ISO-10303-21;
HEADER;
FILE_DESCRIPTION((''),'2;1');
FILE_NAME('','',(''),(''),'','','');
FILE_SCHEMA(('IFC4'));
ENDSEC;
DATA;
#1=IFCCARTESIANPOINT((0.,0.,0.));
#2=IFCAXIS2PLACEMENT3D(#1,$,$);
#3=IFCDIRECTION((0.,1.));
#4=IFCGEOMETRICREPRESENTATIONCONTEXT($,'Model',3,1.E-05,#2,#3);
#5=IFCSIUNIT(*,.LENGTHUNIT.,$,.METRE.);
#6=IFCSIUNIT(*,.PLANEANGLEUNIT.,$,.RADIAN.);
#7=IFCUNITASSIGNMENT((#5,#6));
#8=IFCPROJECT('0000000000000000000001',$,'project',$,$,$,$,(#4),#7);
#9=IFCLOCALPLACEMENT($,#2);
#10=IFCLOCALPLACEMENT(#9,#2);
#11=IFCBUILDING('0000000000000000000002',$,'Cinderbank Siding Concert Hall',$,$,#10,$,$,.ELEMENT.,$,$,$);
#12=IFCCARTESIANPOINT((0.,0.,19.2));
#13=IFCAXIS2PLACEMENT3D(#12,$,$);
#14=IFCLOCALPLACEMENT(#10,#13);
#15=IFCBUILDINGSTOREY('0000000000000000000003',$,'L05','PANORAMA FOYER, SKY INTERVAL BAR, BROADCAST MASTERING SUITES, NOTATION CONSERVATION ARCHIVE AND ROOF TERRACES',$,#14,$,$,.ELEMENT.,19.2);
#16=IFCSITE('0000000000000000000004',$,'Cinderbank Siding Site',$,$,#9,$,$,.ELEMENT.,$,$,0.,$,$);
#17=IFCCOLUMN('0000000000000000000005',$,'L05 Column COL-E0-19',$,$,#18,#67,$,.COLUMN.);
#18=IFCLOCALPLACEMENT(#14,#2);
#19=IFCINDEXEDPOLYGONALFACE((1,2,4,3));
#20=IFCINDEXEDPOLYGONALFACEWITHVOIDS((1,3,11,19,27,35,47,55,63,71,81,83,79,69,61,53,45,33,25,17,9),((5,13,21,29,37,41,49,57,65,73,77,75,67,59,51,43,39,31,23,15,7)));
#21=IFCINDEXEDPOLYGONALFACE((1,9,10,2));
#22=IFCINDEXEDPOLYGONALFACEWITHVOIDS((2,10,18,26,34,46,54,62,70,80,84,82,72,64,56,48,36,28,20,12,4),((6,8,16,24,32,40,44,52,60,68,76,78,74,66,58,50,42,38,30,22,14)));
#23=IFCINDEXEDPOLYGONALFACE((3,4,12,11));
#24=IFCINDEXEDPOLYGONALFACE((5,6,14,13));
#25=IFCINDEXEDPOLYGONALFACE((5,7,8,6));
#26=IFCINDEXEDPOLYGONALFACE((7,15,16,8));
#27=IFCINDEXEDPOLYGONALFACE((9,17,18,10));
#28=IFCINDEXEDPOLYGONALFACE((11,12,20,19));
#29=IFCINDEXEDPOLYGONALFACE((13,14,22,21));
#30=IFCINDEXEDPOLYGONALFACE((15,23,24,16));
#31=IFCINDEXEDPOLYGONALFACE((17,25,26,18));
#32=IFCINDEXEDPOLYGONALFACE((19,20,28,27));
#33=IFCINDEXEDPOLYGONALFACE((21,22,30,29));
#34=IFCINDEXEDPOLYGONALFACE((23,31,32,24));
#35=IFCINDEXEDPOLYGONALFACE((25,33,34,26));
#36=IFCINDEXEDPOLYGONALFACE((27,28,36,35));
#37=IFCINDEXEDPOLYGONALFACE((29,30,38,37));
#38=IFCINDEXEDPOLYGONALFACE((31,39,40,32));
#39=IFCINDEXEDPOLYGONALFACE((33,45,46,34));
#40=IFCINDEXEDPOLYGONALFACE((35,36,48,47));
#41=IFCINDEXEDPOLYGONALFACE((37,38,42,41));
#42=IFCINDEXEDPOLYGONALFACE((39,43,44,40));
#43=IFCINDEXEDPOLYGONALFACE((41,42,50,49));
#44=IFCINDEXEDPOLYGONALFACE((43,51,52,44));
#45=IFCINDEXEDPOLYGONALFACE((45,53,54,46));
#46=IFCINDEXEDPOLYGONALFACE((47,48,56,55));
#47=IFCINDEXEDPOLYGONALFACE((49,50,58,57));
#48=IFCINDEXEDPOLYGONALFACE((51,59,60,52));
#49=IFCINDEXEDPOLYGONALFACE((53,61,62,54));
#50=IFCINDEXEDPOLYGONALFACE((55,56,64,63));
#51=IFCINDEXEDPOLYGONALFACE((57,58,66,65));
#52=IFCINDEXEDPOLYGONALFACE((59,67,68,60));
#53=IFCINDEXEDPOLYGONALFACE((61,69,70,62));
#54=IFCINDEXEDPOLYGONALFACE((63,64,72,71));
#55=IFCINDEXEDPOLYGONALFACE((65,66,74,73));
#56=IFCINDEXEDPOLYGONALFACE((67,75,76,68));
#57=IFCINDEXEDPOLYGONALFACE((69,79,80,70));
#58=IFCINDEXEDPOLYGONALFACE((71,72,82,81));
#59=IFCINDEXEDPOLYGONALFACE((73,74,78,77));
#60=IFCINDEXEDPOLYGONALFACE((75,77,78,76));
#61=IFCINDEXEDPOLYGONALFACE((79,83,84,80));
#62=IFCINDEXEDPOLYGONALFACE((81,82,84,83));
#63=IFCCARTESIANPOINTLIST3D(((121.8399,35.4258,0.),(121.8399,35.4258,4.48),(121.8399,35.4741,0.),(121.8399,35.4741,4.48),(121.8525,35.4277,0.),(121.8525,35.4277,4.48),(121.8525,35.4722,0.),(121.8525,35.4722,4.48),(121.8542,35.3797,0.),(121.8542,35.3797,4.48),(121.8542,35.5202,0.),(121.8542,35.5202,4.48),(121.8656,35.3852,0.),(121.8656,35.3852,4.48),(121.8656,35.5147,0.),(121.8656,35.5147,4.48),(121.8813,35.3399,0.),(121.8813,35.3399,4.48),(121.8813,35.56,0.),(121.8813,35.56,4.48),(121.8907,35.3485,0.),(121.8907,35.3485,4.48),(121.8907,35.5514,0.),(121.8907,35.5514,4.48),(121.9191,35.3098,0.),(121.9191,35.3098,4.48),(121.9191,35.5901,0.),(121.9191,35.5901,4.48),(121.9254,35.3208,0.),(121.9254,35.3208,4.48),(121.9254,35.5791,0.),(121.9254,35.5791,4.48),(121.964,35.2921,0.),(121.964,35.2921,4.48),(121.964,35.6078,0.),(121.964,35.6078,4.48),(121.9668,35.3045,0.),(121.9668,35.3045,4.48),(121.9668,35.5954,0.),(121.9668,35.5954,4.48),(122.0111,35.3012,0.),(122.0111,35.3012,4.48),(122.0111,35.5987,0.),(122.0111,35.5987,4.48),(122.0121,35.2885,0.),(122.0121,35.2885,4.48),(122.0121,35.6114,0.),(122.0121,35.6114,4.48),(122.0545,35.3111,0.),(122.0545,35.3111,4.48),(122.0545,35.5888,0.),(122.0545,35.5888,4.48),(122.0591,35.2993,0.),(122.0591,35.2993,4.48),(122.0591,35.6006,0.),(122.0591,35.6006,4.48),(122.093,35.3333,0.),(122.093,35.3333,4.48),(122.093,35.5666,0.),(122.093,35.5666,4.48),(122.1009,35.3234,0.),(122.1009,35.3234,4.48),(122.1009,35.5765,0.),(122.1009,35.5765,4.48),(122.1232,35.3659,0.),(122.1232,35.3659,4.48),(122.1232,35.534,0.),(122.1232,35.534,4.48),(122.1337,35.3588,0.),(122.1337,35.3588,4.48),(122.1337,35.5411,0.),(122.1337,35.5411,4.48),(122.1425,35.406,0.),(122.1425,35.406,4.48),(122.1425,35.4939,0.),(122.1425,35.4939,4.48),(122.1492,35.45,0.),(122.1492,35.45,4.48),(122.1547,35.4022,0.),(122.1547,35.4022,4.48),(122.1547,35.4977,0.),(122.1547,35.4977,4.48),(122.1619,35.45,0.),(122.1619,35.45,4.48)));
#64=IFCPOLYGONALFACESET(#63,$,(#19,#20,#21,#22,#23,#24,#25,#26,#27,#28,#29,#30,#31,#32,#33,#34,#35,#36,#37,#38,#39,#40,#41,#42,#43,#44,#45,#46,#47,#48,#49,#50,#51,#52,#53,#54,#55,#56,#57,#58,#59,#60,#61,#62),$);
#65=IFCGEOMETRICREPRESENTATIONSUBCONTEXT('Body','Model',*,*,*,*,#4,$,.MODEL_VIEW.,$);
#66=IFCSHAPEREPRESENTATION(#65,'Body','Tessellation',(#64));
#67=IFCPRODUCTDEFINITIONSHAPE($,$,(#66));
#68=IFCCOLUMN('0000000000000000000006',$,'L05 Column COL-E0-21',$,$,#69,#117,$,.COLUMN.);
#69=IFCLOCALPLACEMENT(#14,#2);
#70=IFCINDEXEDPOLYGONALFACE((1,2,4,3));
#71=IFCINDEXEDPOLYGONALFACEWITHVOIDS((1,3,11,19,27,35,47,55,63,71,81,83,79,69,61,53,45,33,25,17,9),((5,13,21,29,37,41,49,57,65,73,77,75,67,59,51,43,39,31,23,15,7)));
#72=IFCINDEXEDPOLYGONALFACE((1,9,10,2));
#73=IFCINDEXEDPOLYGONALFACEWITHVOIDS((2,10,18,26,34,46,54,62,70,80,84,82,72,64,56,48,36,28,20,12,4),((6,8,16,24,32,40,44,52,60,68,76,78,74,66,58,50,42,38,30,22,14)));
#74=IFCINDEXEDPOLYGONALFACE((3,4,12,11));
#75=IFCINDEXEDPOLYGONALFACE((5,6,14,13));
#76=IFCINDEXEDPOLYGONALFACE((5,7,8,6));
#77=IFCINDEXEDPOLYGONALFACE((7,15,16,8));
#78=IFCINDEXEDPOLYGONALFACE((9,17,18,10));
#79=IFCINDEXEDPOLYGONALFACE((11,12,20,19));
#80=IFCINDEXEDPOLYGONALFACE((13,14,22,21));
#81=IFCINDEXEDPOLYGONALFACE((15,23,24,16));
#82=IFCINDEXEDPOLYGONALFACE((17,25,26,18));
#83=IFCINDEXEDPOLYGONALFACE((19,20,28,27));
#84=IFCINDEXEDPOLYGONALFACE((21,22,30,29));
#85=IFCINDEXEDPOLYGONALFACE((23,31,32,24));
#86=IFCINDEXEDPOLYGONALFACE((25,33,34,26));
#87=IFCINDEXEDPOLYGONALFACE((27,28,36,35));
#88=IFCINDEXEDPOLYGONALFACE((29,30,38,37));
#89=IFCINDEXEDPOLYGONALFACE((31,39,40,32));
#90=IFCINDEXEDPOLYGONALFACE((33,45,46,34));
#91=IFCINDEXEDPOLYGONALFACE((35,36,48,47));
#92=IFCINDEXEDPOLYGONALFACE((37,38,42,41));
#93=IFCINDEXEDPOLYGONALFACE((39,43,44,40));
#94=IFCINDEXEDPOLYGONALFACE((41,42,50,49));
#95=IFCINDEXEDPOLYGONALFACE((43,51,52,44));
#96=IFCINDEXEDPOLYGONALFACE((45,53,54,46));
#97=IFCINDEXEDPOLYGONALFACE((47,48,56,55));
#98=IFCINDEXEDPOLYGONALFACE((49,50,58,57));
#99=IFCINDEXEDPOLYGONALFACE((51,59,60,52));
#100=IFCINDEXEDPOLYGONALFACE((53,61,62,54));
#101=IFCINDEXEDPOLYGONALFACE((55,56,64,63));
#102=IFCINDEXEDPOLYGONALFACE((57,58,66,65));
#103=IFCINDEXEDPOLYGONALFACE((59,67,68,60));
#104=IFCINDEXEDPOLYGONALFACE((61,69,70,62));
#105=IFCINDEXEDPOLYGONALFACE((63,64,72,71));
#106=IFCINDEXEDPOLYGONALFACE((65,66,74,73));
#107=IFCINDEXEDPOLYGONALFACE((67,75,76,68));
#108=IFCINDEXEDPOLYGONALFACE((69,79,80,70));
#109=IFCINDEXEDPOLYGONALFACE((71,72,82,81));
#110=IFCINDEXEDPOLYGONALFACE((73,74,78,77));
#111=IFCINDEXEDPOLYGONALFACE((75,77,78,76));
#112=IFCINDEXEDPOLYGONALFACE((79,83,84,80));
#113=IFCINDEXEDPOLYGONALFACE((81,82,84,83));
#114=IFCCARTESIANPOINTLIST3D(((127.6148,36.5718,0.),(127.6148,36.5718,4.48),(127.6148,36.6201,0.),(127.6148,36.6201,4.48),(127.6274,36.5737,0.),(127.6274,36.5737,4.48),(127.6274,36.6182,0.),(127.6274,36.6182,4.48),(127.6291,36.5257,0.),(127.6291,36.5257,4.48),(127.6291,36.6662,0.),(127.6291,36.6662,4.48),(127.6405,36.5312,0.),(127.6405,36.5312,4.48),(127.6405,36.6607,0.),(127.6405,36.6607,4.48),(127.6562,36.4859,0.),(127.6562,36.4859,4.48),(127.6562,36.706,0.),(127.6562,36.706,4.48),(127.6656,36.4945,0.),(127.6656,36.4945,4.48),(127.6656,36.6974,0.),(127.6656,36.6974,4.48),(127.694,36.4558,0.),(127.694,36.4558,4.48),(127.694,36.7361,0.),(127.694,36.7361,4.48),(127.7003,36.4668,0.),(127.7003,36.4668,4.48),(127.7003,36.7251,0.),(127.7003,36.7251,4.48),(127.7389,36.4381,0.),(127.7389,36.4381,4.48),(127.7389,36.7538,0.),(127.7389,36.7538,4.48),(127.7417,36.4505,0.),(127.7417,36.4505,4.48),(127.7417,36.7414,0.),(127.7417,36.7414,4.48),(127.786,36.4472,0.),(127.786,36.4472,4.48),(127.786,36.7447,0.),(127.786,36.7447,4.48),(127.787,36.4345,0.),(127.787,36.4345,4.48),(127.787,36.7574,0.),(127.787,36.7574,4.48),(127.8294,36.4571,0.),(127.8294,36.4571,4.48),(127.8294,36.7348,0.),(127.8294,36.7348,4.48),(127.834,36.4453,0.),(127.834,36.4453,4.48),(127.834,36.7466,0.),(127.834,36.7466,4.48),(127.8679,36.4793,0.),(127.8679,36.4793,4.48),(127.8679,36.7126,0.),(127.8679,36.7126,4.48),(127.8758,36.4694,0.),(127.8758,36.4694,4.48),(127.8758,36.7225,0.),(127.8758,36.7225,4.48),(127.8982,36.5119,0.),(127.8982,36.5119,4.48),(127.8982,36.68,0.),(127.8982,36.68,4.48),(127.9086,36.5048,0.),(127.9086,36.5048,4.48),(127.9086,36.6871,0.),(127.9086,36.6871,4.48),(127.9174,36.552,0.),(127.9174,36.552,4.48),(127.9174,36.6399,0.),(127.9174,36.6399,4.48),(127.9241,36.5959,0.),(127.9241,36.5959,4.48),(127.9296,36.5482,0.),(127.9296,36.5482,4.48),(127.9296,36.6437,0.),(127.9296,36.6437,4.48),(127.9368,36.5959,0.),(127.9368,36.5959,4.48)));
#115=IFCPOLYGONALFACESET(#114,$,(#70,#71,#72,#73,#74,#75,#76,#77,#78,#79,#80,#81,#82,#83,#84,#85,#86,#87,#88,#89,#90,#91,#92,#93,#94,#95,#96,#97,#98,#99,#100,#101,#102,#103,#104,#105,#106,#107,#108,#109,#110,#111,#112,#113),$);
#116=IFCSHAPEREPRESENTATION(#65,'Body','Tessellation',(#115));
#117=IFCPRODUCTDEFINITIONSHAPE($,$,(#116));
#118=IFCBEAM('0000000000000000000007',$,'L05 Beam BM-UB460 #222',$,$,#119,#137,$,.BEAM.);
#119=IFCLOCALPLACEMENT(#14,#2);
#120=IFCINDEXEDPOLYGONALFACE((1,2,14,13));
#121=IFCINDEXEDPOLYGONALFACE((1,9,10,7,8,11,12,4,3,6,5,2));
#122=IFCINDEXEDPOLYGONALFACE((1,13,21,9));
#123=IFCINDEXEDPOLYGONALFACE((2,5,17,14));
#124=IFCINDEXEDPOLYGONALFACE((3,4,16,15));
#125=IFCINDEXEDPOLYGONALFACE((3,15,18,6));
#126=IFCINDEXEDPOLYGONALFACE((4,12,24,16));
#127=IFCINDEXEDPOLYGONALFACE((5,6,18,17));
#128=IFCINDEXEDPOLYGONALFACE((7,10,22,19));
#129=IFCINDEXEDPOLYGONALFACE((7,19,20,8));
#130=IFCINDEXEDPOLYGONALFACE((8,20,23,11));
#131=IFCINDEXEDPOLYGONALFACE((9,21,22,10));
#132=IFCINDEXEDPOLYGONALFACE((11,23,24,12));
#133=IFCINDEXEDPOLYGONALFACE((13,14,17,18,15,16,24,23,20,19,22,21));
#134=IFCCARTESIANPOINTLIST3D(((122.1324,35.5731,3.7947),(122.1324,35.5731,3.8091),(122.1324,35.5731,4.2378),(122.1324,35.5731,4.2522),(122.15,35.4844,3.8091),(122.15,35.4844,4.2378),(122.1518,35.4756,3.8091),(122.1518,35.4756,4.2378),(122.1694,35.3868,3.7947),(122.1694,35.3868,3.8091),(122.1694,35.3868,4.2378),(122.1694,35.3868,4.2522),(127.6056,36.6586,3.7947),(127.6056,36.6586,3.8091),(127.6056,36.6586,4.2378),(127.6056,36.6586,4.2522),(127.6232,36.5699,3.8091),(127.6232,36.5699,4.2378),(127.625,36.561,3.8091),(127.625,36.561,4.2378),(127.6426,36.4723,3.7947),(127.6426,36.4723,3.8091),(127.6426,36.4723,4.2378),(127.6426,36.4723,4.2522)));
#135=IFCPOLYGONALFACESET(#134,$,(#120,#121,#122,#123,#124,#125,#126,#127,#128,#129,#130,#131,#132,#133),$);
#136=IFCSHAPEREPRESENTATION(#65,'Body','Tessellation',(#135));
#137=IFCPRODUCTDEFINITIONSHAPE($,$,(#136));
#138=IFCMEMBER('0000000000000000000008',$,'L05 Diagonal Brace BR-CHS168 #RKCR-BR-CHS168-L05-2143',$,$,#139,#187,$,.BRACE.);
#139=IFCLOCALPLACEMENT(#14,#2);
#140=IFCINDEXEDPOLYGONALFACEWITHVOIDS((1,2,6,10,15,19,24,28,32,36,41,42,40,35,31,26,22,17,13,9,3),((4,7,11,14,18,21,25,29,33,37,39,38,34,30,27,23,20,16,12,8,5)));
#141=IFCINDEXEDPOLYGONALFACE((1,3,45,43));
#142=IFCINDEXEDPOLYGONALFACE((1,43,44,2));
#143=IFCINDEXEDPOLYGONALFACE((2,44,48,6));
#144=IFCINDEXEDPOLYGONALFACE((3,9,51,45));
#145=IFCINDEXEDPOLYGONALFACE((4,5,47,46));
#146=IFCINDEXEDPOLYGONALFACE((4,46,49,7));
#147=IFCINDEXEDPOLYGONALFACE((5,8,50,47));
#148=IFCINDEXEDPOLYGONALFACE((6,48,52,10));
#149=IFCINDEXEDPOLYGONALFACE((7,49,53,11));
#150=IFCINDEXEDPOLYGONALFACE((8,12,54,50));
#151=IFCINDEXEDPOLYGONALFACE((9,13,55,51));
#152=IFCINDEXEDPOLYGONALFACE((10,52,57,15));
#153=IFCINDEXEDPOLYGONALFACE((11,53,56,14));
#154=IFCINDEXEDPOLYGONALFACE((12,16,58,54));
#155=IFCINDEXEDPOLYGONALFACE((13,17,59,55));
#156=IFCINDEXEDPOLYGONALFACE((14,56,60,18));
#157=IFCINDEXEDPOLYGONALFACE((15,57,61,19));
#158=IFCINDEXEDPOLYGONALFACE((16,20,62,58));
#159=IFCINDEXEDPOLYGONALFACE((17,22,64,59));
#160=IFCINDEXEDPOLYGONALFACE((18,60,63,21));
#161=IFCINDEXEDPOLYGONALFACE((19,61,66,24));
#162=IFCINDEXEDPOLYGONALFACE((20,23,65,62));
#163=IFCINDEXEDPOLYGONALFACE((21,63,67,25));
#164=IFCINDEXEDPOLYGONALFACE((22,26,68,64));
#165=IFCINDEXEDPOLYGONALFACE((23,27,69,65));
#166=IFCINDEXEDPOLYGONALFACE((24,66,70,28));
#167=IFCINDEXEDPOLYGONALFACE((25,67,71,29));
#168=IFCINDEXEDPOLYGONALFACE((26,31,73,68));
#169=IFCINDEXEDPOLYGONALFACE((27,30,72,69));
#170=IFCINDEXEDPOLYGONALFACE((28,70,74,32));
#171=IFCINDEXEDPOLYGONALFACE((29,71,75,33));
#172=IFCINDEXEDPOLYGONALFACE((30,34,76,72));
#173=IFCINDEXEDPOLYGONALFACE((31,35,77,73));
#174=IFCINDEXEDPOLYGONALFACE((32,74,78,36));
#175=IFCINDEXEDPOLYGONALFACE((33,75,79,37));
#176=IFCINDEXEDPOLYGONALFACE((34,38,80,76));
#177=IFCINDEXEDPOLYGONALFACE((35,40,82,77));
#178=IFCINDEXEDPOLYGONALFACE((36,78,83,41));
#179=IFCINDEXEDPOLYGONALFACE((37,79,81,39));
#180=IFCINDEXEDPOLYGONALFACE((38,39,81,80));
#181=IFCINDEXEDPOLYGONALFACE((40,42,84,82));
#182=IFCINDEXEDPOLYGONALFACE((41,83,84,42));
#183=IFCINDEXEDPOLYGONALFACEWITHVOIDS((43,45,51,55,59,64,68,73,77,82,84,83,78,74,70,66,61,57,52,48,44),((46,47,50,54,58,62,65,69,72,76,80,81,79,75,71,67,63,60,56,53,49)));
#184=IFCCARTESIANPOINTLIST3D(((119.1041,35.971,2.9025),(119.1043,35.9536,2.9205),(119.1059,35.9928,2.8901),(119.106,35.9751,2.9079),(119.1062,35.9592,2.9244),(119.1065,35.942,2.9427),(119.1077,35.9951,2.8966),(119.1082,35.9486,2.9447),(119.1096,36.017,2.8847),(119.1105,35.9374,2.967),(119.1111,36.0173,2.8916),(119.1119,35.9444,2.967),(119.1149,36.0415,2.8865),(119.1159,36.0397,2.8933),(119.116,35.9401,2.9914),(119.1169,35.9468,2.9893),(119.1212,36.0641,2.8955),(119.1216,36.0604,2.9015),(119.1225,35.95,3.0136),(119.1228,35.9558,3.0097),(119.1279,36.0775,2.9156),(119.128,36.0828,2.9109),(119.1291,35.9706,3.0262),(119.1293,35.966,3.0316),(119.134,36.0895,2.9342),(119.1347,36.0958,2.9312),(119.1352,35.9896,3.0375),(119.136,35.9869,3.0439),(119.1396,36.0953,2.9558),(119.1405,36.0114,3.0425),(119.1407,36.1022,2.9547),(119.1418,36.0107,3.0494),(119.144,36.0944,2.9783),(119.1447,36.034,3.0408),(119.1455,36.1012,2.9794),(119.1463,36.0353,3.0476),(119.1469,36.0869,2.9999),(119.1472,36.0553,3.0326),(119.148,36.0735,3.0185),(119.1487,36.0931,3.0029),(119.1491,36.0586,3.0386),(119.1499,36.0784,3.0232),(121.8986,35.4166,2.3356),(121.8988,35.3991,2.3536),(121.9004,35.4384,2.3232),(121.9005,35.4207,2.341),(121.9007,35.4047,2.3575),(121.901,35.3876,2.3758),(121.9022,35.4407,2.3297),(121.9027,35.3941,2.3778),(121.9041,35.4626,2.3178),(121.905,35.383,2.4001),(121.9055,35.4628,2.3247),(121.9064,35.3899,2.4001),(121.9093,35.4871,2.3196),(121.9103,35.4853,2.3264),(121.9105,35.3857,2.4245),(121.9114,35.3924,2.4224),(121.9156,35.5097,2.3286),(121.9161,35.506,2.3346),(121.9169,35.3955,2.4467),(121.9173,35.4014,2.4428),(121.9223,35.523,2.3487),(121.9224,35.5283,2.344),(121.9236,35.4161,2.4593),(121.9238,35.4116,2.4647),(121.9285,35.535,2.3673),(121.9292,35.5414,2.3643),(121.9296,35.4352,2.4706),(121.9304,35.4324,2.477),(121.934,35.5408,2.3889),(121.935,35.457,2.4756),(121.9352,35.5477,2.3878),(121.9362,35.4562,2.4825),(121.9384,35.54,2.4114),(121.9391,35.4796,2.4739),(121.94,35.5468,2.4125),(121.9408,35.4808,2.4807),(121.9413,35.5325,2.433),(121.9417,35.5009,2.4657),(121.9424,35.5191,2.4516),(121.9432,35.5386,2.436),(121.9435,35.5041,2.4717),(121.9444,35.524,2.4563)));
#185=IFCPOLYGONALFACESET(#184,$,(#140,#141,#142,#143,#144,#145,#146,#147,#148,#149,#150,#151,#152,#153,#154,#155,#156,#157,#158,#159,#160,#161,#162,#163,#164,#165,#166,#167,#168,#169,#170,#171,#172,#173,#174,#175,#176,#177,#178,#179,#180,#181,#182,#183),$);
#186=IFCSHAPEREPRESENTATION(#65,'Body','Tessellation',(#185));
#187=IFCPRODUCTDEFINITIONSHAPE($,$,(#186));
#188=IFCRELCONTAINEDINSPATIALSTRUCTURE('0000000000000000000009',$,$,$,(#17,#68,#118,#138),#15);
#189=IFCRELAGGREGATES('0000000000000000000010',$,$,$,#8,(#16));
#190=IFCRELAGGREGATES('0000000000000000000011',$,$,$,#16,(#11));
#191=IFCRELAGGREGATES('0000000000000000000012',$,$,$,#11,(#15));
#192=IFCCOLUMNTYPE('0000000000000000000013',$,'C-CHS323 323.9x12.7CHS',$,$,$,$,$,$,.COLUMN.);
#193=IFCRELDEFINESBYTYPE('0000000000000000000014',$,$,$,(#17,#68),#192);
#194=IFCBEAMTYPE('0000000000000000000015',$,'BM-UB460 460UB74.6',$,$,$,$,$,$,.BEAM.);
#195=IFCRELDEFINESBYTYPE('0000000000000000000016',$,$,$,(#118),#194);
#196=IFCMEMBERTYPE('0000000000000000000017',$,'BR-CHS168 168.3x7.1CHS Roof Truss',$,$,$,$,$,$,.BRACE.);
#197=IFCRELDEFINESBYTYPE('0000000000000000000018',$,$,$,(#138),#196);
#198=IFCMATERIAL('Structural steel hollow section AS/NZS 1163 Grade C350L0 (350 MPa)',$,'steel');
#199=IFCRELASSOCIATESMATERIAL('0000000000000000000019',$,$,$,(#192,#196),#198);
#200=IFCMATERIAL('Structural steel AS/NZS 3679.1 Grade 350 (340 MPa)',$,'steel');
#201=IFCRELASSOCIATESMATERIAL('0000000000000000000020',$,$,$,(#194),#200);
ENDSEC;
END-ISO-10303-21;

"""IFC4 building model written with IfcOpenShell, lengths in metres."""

from ifc_helpers import new_model, si_unit, direction, frame, origin, origin_2d, place, context, subcontext, project, spatial, hollow_circle, i_section, extrude, material, material_profile, profile_set, type_object, element, save


model = new_model("IFC4")

# Units and contexts
model_context = context("Model", 3, precision=1e-05, world=origin(), true_north=direction((0.0, 1.0)))
body_context = subcontext(model_context, "Body", "Model", "MODEL_VIEW")
ifc_project = project(units=[si_unit("LENGTHUNIT", "METRE"), si_unit("PLANEANGLEUNIT", "RADIAN")], contexts=[model_context])

# Site, building, storey
site_placement = place(None, origin())
site = spatial("IfcSite", under=ifc_project, at=site_placement, Name="Cinderbank Siding Site", CompositionType="ELEMENT", RefElevation=0.0)
building_placement = place(site_placement, origin())
building = spatial("IfcBuilding", under=site, at=building_placement, Name="Cinderbank Siding Concert Hall", CompositionType="ELEMENT")
storey_placement = place(building_placement, frame((0.0, 0.0, 19.2)))
storey = spatial("IfcBuildingStorey", under=building, at=storey_placement, Name="L05", Description="PANORAMA FOYER, SKY INTERVAL BAR, BROADCAST MASTERING SUITES, NOTATION CONSERVATION ARCHIVE AND ROOF TERRACES", CompositionType="ELEMENT", Elevation=19.2)

# Columns
ifc_material_1 = material(Name="Structural steel hollow section AS/NZS 1163 Grade C350L0 (350 MPa)", Category="steel")
ifc_material_profile_1 = material_profile(ifc_material_1, hollow_circle(Radius=0.1619, WallThickness=0.0127, at=origin_2d()), Name="323.9x12.7CHS", Category="LoadBearing")
ifc_profile_set_1 = profile_set([ifc_material_profile_1], Name="Structural steel hollow section AS/NZS 1163 Grade C350L0 (350 MPa)")
column_type = type_object("IfcColumnType", Name="C-CHS323 323.9x12.7CHS", PredefinedType="COLUMN", material=ifc_profile_set_1)
for number, where, z_axis, x_axis, name in (
    (1, (122.0, 35.45, 0.0), (0.0, 0.0, 1.0), (1.0, 0.0, 0.0), "L05 Column COL-E0-19"),
    (2, (127.7749, 36.5959, 0.0), (0.0, 0.0, 1.0), (1.0, 0.0, 0.0), "L05 Column COL-E0-21"),
):
    element("IfcColumn", number, at=place(storey_placement, frame(where, z_axis=z_axis, x_axis=x_axis)), inside=storey, type_object=column_type, Name=name, PredefinedType="COLUMN", context=body_context, shape_type="SweptSolid", body=[
        extrude(hollow_circle(Radius=0.1619, WallThickness=0.0127, at=origin_2d()), origin(), (0.0, 0.0, 1.0), 4.48),
    ])

# Beam
ifc_material_2 = material(Name="Structural steel AS/NZS 3679.1 Grade 350 (340 MPa)", Category="steel")
ifc_material_profile_2 = material_profile(ifc_material_2, i_section(OverallWidth=0.1899, OverallDepth=0.4575, WebThickness=0.009, FlangeThickness=0.0144, at=origin_2d()), Name="460UB74.6", Category="LoadBearing")
ifc_profile_set_2 = profile_set([ifc_material_profile_2], Name="Structural steel AS/NZS 3679.1 Grade 350 (340 MPa)")
beam_type = type_object("IfcBeamType", Name="BM-UB460 460UB74.6", PredefinedType="BEAM", material=ifc_profile_set_2)
beam_placement = place(storey_placement, frame((122.1509, 35.48, 4.0234), z_axis=(0.980896, 0.194534, 0.0), x_axis=(-0.194534, 0.980896, 0.0)))
element("IfcBeam", 3, at=beam_placement, inside=storey, type_object=beam_type, Name="L05 Beam BM-UB460 #222", PredefinedType="BEAM", context=body_context, shape_type="SweptSolid", body=[
    extrude(i_section(OverallWidth=0.1899, OverallDepth=0.4575, WebThickness=0.009, FlangeThickness=0.0144, at=origin_2d()), origin(), (0.0, 0.0, 1.0), 5.5798),
])

# Member
ifc_material_profile_3 = material_profile(ifc_material_1, hollow_circle(Radius=0.0842, WallThickness=0.0071, at=origin_2d()), Name="168.3x7.1CHS", Category="LoadBearing")
ifc_profile_set_3 = profile_set([ifc_material_profile_3], Name="Structural steel hollow section AS/NZS 1163 Grade C350L0 (350 MPa)")
member_type = type_object("IfcMemberType", Name="BR-CHS168 168.3x7.1CHS Roof Truss", PredefinedType="BRACE", material=ifc_profile_set_3)
member_1_placement = place(storey_placement, frame((121.9214, 35.4656, 2.4001), z_axis=(-0.962018, 0.190874, 0.19516), x_axis=(-0.194616, -0.980879, 0.0)))
element("IfcMember", 4, at=member_1_placement, inside=storey, type_object=member_type, Name="L05 Diagonal Brace BR-CHS168 #RKCR-BR-CHS168-L05-2143", PredefinedType="BRACE", context=body_context, shape_type="SweptSolid", body=[
    extrude(hollow_circle(Radius=0.0842, WallThickness=0.0071, at=origin_2d()), origin(), (0.0, 0.0, 1.0), 2.9048),
])

save(model, "model.ifc")
